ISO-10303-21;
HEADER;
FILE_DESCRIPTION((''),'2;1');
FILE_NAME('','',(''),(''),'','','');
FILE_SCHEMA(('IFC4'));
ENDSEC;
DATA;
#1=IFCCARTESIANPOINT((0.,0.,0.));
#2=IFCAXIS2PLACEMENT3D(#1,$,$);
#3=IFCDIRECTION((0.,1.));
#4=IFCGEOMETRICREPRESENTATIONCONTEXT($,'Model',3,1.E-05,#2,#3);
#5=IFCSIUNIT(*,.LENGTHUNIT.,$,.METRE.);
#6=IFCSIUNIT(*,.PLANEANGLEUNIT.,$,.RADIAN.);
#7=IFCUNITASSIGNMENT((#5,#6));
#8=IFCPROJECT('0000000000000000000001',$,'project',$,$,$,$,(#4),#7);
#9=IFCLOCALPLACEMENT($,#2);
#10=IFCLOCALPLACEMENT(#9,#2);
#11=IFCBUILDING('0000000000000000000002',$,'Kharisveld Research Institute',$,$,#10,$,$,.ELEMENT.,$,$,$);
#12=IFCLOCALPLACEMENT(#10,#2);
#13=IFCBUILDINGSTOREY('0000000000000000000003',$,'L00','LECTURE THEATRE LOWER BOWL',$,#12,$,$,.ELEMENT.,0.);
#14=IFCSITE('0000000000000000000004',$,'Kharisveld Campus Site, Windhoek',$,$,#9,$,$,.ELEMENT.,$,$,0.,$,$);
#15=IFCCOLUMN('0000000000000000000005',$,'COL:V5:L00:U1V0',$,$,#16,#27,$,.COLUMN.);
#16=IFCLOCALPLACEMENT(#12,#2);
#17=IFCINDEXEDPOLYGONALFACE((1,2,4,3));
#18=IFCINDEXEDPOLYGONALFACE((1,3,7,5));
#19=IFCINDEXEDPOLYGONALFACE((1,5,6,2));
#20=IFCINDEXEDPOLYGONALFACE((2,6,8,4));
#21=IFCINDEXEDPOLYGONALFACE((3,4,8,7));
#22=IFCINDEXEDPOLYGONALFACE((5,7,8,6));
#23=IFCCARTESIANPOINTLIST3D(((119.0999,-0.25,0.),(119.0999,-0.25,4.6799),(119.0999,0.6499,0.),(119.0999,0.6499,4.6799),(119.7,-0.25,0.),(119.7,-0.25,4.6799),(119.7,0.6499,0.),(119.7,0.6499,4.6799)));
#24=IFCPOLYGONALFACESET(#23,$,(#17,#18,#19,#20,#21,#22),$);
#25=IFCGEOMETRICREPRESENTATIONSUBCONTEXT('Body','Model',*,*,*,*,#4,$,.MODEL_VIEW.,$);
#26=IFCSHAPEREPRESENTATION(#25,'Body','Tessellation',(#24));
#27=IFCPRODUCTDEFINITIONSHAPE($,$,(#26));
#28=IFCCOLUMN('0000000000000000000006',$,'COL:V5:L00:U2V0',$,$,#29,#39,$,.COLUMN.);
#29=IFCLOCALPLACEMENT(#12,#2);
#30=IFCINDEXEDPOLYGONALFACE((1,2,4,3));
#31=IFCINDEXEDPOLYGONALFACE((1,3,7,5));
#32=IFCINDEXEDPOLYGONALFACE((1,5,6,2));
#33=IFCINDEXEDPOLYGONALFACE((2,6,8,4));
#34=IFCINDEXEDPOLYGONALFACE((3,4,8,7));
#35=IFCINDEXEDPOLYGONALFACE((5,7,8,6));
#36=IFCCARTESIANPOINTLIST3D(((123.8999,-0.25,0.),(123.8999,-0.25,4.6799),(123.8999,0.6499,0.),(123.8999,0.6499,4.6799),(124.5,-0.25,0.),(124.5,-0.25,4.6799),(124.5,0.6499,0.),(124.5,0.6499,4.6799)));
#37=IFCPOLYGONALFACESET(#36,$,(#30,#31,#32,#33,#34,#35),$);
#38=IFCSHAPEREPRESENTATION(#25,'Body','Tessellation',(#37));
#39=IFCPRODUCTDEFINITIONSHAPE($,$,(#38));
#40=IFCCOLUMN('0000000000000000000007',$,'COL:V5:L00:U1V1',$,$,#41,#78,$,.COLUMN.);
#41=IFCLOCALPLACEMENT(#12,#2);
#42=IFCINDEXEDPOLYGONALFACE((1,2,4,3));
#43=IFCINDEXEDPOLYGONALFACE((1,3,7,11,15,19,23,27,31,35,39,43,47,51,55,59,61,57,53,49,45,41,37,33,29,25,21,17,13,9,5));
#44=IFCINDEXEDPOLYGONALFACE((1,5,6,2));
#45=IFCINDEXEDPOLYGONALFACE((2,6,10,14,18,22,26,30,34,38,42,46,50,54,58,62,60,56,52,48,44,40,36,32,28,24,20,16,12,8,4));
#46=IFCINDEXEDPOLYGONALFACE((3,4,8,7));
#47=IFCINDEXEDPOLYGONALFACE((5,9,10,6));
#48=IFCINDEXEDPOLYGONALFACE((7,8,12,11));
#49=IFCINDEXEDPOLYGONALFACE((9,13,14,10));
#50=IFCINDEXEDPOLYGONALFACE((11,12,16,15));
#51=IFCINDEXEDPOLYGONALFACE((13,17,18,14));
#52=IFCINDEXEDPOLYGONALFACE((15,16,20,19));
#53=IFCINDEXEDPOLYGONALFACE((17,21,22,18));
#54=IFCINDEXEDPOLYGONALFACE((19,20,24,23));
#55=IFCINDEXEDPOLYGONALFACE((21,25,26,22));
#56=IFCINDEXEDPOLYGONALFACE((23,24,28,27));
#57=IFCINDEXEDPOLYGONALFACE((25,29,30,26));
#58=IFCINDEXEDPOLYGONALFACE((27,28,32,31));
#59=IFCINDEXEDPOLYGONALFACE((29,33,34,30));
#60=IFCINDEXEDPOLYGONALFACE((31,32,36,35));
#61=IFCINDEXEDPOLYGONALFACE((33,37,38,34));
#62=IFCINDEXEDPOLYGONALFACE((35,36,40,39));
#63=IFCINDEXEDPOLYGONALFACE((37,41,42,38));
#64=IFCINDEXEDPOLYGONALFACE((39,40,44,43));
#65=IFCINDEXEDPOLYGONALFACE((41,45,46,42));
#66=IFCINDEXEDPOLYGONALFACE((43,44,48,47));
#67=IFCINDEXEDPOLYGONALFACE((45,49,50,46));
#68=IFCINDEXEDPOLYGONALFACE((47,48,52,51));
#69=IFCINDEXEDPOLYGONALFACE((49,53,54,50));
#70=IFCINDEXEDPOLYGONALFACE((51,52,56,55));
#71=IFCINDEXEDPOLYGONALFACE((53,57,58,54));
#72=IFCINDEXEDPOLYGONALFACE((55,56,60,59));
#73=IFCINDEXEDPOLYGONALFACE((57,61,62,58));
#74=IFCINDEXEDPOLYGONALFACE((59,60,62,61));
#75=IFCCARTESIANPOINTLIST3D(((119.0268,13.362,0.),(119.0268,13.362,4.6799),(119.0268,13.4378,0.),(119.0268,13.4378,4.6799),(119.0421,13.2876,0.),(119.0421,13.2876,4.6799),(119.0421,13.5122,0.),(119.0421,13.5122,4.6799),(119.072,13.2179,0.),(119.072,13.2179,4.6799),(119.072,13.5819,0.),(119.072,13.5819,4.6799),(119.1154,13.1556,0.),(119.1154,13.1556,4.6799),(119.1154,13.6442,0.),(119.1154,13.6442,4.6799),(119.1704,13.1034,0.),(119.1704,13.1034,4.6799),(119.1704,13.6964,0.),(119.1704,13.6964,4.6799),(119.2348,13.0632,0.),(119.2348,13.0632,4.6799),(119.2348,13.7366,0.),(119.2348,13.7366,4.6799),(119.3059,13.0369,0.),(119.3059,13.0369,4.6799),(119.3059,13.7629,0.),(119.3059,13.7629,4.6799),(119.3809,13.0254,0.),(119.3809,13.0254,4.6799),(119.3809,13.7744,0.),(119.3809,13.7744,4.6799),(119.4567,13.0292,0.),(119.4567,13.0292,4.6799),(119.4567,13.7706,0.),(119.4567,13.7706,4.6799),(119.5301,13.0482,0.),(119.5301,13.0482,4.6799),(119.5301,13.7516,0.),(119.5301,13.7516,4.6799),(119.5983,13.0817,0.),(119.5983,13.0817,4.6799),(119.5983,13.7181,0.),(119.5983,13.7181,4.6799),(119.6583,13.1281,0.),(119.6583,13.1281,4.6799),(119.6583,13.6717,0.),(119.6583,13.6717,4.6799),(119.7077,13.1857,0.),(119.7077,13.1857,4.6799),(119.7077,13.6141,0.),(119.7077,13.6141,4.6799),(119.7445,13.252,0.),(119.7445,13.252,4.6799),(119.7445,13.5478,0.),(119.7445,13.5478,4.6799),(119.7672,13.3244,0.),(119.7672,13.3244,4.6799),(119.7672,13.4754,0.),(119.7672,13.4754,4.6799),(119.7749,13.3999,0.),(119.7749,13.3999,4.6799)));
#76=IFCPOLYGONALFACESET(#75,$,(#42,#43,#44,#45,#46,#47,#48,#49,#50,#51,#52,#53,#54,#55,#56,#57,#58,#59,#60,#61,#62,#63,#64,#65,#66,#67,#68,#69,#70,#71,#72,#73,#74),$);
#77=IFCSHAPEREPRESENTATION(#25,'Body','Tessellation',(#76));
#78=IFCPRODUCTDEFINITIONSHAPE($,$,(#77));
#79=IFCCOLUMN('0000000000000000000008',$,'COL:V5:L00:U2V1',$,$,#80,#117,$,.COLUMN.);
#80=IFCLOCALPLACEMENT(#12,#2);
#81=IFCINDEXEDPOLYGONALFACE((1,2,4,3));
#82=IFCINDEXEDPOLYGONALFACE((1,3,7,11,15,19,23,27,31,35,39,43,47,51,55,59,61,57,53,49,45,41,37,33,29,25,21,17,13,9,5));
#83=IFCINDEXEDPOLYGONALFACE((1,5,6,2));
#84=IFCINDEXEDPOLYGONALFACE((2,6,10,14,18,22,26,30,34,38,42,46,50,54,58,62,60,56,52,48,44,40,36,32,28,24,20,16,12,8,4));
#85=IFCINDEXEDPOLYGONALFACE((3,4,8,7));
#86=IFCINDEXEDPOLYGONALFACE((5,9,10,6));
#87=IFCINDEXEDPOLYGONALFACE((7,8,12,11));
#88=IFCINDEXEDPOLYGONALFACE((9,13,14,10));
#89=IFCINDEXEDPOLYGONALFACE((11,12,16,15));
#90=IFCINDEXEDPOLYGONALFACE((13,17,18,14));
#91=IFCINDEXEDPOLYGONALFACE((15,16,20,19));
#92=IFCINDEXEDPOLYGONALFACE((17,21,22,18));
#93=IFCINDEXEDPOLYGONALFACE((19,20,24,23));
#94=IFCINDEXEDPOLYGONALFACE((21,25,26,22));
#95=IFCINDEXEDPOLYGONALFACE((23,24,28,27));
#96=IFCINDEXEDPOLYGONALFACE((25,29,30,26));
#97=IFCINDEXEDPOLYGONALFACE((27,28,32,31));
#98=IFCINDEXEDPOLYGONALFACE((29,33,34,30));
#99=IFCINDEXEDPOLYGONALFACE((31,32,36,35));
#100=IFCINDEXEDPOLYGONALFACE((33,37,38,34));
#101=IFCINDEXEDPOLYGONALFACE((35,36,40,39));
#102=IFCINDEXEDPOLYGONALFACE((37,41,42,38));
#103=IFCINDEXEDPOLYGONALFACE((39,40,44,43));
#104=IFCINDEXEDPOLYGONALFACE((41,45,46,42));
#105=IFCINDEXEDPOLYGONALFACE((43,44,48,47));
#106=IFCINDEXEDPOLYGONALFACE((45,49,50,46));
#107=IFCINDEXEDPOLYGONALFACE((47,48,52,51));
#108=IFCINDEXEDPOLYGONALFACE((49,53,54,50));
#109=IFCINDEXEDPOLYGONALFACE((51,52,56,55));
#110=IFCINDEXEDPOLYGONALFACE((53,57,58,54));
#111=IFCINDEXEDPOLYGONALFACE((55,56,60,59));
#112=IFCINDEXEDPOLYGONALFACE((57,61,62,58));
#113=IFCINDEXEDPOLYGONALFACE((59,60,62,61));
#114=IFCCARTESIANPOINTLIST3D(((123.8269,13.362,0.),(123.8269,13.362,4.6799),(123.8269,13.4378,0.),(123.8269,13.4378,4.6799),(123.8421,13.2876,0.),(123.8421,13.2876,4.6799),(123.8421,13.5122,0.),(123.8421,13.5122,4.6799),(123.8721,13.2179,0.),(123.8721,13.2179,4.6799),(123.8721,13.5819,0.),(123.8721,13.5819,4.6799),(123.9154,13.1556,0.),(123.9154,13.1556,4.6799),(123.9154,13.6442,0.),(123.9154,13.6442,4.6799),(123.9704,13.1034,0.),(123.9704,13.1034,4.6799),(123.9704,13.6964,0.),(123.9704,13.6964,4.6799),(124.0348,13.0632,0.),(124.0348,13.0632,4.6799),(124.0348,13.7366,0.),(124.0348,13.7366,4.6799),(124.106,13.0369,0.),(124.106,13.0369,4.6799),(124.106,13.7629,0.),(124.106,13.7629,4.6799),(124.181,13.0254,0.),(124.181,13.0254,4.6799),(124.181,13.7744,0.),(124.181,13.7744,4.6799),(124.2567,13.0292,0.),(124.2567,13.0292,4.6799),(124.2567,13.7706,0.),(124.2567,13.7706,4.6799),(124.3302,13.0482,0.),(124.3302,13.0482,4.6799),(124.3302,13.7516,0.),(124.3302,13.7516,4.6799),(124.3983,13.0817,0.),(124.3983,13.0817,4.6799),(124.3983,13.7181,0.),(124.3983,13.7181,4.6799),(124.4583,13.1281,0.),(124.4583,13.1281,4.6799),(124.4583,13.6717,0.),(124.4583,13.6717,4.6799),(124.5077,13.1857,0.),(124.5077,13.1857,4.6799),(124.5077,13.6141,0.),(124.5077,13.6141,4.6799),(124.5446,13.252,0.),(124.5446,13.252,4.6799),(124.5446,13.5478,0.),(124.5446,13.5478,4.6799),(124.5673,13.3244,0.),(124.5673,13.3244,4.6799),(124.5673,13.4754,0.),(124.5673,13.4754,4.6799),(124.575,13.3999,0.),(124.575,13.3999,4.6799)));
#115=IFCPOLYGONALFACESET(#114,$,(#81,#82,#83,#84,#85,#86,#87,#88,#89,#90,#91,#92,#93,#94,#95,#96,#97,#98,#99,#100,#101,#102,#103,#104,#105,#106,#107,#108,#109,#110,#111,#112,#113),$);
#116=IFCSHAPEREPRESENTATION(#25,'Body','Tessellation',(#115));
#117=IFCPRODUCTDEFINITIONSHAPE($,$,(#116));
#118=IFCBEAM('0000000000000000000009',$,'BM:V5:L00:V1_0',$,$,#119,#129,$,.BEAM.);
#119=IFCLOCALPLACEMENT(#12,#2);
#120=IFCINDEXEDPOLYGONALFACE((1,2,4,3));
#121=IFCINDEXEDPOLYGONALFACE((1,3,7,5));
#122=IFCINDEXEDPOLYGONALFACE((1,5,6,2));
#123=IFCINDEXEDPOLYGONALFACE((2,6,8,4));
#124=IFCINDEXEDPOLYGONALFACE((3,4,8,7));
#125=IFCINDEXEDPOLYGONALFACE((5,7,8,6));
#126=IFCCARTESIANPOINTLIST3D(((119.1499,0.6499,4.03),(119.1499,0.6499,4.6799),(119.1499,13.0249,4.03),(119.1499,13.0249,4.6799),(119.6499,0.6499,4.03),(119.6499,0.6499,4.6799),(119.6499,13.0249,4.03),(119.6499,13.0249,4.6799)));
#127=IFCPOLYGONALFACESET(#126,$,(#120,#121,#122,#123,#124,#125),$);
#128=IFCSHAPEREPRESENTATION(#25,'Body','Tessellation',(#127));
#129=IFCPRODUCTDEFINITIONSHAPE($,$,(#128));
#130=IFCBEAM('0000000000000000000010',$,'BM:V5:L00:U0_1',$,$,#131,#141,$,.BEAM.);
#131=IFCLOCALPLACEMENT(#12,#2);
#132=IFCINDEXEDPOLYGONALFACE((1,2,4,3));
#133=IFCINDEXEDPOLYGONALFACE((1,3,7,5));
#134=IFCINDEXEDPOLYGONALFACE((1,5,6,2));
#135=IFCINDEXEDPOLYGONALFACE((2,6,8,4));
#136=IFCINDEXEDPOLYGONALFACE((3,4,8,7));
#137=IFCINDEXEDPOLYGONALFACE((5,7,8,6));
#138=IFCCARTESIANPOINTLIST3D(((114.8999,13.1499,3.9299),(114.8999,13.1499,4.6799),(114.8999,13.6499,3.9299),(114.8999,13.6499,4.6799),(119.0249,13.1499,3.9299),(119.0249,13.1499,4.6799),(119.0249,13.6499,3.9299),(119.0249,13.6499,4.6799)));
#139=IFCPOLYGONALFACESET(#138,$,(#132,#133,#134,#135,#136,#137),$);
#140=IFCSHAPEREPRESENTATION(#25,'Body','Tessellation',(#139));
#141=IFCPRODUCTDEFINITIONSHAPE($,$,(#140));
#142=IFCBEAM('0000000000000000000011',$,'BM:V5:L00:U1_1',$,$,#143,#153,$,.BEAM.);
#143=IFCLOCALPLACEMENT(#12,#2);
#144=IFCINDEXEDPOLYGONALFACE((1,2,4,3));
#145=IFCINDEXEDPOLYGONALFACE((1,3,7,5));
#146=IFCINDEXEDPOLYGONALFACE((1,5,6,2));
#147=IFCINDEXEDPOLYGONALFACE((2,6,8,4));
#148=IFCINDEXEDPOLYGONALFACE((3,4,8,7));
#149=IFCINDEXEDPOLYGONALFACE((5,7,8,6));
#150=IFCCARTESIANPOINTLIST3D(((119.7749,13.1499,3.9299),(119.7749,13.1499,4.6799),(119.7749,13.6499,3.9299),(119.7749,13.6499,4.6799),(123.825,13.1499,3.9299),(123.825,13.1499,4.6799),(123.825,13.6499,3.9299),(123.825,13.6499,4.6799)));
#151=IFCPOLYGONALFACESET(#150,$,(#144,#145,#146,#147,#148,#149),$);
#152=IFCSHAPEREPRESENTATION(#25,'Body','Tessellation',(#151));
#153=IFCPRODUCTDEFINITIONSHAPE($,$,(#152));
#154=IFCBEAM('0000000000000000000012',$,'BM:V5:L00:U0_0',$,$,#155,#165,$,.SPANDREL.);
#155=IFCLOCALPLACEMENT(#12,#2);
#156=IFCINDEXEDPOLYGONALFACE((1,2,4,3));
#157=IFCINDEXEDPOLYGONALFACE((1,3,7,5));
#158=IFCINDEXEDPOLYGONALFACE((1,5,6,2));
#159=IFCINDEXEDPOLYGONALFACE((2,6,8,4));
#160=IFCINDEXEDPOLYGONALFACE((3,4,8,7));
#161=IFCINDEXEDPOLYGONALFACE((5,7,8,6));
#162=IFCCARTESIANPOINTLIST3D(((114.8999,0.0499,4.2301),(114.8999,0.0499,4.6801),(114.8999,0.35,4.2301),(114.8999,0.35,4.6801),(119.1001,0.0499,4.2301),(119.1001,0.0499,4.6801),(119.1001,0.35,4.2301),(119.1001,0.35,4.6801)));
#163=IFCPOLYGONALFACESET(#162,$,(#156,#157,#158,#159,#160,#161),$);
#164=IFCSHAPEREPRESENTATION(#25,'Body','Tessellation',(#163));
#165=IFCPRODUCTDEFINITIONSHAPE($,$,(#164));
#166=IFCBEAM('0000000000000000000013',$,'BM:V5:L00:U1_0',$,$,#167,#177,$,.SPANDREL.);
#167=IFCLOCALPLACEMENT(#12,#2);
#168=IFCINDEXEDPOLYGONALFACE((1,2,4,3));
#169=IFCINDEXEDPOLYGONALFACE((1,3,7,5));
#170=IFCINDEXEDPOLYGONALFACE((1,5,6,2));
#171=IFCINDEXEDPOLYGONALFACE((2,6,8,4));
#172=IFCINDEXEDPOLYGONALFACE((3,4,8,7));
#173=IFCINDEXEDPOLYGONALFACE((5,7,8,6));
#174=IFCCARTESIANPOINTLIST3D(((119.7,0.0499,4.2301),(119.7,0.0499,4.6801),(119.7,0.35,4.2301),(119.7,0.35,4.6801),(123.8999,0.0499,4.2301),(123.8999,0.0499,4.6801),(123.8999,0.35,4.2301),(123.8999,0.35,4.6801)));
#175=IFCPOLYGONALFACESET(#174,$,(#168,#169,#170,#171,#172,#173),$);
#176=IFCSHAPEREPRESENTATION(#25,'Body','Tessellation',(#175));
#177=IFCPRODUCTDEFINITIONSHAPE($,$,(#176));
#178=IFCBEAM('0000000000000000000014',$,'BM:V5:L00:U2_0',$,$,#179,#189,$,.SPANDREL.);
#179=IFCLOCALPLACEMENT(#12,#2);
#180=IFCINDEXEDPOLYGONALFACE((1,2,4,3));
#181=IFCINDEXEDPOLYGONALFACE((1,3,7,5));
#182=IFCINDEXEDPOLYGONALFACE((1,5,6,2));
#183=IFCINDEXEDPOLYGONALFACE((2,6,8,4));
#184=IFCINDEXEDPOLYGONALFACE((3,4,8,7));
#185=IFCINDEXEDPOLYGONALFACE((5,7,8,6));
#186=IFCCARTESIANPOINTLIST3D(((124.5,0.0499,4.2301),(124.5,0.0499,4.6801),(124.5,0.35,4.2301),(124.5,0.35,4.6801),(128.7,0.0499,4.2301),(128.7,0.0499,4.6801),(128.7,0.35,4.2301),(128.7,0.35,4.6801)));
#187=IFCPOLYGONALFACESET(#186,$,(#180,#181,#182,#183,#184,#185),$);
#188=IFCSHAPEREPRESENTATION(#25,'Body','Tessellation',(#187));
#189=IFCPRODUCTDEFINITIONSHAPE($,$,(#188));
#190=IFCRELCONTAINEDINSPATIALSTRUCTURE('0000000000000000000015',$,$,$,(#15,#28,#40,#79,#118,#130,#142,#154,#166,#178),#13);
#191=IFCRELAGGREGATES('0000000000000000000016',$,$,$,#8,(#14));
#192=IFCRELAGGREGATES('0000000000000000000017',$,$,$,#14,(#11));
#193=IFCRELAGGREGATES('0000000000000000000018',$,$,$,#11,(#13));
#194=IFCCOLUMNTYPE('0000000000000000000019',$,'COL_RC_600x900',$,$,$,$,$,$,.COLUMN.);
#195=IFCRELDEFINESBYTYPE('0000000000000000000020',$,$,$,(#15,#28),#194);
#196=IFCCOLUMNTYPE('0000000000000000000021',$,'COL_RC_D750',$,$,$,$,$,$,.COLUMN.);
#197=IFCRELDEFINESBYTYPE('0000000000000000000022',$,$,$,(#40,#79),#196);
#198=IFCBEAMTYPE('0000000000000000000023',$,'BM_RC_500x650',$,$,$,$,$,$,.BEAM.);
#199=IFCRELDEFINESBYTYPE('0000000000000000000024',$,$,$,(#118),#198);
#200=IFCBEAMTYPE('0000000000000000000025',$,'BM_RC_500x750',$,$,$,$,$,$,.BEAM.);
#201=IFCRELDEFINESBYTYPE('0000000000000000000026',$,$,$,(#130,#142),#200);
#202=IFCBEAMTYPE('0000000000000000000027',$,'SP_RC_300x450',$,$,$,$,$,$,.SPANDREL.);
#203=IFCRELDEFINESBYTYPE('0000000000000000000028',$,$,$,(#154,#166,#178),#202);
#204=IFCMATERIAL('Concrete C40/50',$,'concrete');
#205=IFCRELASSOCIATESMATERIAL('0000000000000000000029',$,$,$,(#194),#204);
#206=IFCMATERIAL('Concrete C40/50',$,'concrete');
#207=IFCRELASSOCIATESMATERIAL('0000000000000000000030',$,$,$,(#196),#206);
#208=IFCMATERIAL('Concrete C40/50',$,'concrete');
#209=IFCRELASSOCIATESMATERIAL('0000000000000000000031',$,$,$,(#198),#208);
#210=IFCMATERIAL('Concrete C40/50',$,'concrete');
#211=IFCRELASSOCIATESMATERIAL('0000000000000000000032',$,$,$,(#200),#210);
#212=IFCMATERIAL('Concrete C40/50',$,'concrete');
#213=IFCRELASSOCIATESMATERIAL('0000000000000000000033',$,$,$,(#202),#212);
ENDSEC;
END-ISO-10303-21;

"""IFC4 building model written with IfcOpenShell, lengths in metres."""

from ifc_helpers import new_model, si_unit, direction, frame, origin, origin_2d, place, context, subcontext, project, spatial, rectangle, circle, extrude, material, material_profile, profile_set, type_object, element, save


model = new_model("IFC4")

# Units and contexts
model_context = context("Model", 3, precision=1e-05, world=origin(), true_north=direction((0.0, 1.0)))
body_context = subcontext(model_context, "Body", "Model", "MODEL_VIEW")
ifc_project = project(units=[si_unit("LENGTHUNIT", "METRE"), si_unit("PLANEANGLEUNIT", "RADIAN")], contexts=[model_context])

# Site, building, storey
site_placement = place(None, origin())
site = spatial("IfcSite", under=ifc_project, at=site_placement, Name="Kharisveld Campus Site, Windhoek", CompositionType="ELEMENT", RefElevation=0.0)
building_placement = place(site_placement, origin())
building = spatial("IfcBuilding", under=site, at=building_placement, Name="Kharisveld Research Institute", CompositionType="ELEMENT")
storey_placement = place(building_placement, origin())
storey = spatial("IfcBuildingStorey", under=building, at=storey_placement, Name="L00", Description="LECTURE THEATRE LOWER BOWL", CompositionType="ELEMENT", Elevation=0.0)

# Columns
ifc_material_1 = material(Name="Concrete C40/50", Category="concrete")
ifc_material_profile_1 = material_profile(ifc_material_1, rectangle(XDim=0.6001, YDim=0.8999, at=origin_2d()))
ifc_profile_set_1 = profile_set([ifc_material_profile_1], Name="Concrete C40/50")
column_type_1 = type_object("IfcColumnType", Name="COL_RC_600x900", PredefinedType="COLUMN", material=ifc_profile_set_1)
for number, where, z_axis, x_axis, name in (
    (1, (119.3999, 0.2, 0.0), (0.0, 0.0, 1.0), (1.0, 0.0, 0.0), "COL:V5:L00:U1V0"),
    (2, (124.2, 0.2, 0.0), (0.0, 0.0, 1.0), (1.0, 0.0, 0.0), "COL:V5:L00:U2V0"),
):
    element("IfcColumn", number, at=place(storey_placement, frame(where, z_axis=z_axis, x_axis=x_axis)), inside=storey, type_object=column_type_1, Name=name, PredefinedType="COLUMN", context=body_context, shape_type="SweptSolid", body=[
        extrude(rectangle(XDim=0.6001, YDim=0.8999, at=origin_2d()), origin(), (0.0, 0.0, 1.0), 4.6799),
    ])
ifc_material_2 = material(Name="Concrete C40/50", Category="concrete")
ifc_material_profile_2 = material_profile(ifc_material_2, circle(Radius=0.375, at=origin_2d()))
ifc_profile_set_2 = profile_set([ifc_material_profile_2], Name="Concrete C40/50")
column_type_2 = type_object("IfcColumnType", Name="COL_RC_D750", PredefinedType="COLUMN", material=ifc_profile_set_2)
for number, where, z_axis, x_axis, name in (
    (3, (119.3999, 13.3999, 0.0), (0.0, 0.0, 1.0), (1.0, 0.0, 0.0), "COL:V5:L00:U1V1"),
    (4, (124.2, 13.3999, 0.0), (0.0, 0.0, 1.0), (1.0, 0.0, 0.0), "COL:V5:L00:U2V1"),
):
    element("IfcColumn", number, at=place(storey_placement, frame(where, z_axis=z_axis, x_axis=x_axis)), inside=storey, type_object=column_type_2, Name=name, PredefinedType="COLUMN", context=body_context, shape_type="SweptSolid", body=[
        extrude(circle(Radius=0.375, at=origin_2d()), origin(), (0.0, 0.0, 1.0), 4.6799),
    ])

# Beams
ifc_material_3 = material(Name="Concrete C40/50", Category="concrete")
ifc_material_profile_3 = material_profile(ifc_material_3, rectangle(XDim=0.5, YDim=0.6499, at=origin_2d()))
ifc_profile_set_3 = profile_set([ifc_material_profile_3], Name="Concrete C40/50")
beam_type_1 = type_object("IfcBeamType", Name="BM_RC_500x650", PredefinedType="BEAM", material=ifc_profile_set_3)
beam_1_placement = place(storey_placement, frame((119.3999, 0.6499, 4.355), z_axis=(0.0, 1.0, 0.0), x_axis=(-1.0, 0.0, 0.0)))
element("IfcBeam", 5, at=beam_1_placement, inside=storey, type_object=beam_type_1, Name="BM:V5:L00:V1_0", PredefinedType="BEAM", context=body_context, shape_type="SweptSolid", body=[
    extrude(rectangle(XDim=0.5, YDim=0.6499, at=origin_2d()), origin(), (0.0, 0.0, 1.0), 12.375),
])
ifc_material_4 = material(Name="Concrete C40/50", Category="concrete")
ifc_material_profile_4 = material_profile(ifc_material_4, rectangle(XDim=0.5, YDim=0.75, at=origin_2d()))
ifc_profile_set_4 = profile_set([ifc_material_profile_4], Name="Concrete C40/50")
beam_type_2 = type_object("IfcBeamType", Name="BM_RC_500x750", PredefinedType="BEAM", material=ifc_profile_set_4)
beam_2_placement = place(storey_placement, frame((114.8999, 13.3999, 4.3049), z_axis=(1.0, 0.0, 0.0), x_axis=(0.0, 1.0, 0.0)))
element("IfcBeam", 6, at=beam_2_placement, inside=storey, type_object=beam_type_2, Name="BM:V5:L00:U0_1", PredefinedType="BEAM", context=body_context, shape_type="SweptSolid", body=[
    extrude(rectangle(XDim=0.5, YDim=0.75, at=origin_2d()), origin(), (0.0, 0.0, 1.0), 4.125),
])
beam_3_placement = place(storey_placement, frame((119.7749, 13.3999, 4.3049), z_axis=(1.0, 0.0, 0.0), x_axis=(0.0, 1.0, 0.0)))
element("IfcBeam", 7, at=beam_3_placement, inside=storey, type_object=beam_type_2, Name="BM:V5:L00:U1_1", PredefinedType="BEAM", context=body_context, shape_type="SweptSolid", body=[
    extrude(rectangle(XDim=0.5, YDim=0.75, at=origin_2d()), origin(), (0.0, 0.0, 1.0), 4.05),
])
ifc_material_5 = material(Name="Concrete C40/50", Category="concrete")
ifc_material_profile_5 = material_profile(ifc_material_5, rectangle(XDim=0.3, YDim=0.45, at=origin_2d()))
ifc_profile_set_5 = profile_set([ifc_material_profile_5], Name="Concrete C40/50")
beam_type_3 = type_object("IfcBeamType", Name="SP_RC_300x450", PredefinedType="SPANDREL", material=ifc_profile_set_5)
beam_4_placement = place(storey_placement, frame((114.8999, 0.2, 4.4551), z_axis=(1.0, 0.0, 0.0), x_axis=(0.0, 1.0, 0.0)))
element("IfcBeam", 8, at=beam_4_placement, inside=storey, type_object=beam_type_3, Name="BM:V5:L00:U0_0", PredefinedType="SPANDREL", context=body_context, shape_type="SweptSolid", body=[
    extrude(rectangle(XDim=0.3, YDim=0.45, at=origin_2d()), origin(), (0.0, 0.0, 1.0), 4.2002),
])
for number, where, z_axis, x_axis, name in (
    (9, (119.7, 0.2, 4.4551), (1.0, 0.0, 0.0), (0.0, 1.0, 0.0), "BM:V5:L00:U1_0"),
    (10, (124.5, 0.2, 4.4551), (1.0, 0.0, 0.0), (0.0, 1.0, 0.0), "BM:V5:L00:U2_0"),
):
    element("IfcBeam", number, at=place(storey_placement, frame(where, z_axis=z_axis, x_axis=x_axis)), inside=storey, type_object=beam_type_3, Name=name, PredefinedType="SPANDREL", context=body_context, shape_type="SweptSolid", body=[
        extrude(rectangle(XDim=0.3, YDim=0.45, at=origin_2d()), origin(), (0.0, 0.0, 1.0), 4.2),
    ])

save(model, "model.ifc")
